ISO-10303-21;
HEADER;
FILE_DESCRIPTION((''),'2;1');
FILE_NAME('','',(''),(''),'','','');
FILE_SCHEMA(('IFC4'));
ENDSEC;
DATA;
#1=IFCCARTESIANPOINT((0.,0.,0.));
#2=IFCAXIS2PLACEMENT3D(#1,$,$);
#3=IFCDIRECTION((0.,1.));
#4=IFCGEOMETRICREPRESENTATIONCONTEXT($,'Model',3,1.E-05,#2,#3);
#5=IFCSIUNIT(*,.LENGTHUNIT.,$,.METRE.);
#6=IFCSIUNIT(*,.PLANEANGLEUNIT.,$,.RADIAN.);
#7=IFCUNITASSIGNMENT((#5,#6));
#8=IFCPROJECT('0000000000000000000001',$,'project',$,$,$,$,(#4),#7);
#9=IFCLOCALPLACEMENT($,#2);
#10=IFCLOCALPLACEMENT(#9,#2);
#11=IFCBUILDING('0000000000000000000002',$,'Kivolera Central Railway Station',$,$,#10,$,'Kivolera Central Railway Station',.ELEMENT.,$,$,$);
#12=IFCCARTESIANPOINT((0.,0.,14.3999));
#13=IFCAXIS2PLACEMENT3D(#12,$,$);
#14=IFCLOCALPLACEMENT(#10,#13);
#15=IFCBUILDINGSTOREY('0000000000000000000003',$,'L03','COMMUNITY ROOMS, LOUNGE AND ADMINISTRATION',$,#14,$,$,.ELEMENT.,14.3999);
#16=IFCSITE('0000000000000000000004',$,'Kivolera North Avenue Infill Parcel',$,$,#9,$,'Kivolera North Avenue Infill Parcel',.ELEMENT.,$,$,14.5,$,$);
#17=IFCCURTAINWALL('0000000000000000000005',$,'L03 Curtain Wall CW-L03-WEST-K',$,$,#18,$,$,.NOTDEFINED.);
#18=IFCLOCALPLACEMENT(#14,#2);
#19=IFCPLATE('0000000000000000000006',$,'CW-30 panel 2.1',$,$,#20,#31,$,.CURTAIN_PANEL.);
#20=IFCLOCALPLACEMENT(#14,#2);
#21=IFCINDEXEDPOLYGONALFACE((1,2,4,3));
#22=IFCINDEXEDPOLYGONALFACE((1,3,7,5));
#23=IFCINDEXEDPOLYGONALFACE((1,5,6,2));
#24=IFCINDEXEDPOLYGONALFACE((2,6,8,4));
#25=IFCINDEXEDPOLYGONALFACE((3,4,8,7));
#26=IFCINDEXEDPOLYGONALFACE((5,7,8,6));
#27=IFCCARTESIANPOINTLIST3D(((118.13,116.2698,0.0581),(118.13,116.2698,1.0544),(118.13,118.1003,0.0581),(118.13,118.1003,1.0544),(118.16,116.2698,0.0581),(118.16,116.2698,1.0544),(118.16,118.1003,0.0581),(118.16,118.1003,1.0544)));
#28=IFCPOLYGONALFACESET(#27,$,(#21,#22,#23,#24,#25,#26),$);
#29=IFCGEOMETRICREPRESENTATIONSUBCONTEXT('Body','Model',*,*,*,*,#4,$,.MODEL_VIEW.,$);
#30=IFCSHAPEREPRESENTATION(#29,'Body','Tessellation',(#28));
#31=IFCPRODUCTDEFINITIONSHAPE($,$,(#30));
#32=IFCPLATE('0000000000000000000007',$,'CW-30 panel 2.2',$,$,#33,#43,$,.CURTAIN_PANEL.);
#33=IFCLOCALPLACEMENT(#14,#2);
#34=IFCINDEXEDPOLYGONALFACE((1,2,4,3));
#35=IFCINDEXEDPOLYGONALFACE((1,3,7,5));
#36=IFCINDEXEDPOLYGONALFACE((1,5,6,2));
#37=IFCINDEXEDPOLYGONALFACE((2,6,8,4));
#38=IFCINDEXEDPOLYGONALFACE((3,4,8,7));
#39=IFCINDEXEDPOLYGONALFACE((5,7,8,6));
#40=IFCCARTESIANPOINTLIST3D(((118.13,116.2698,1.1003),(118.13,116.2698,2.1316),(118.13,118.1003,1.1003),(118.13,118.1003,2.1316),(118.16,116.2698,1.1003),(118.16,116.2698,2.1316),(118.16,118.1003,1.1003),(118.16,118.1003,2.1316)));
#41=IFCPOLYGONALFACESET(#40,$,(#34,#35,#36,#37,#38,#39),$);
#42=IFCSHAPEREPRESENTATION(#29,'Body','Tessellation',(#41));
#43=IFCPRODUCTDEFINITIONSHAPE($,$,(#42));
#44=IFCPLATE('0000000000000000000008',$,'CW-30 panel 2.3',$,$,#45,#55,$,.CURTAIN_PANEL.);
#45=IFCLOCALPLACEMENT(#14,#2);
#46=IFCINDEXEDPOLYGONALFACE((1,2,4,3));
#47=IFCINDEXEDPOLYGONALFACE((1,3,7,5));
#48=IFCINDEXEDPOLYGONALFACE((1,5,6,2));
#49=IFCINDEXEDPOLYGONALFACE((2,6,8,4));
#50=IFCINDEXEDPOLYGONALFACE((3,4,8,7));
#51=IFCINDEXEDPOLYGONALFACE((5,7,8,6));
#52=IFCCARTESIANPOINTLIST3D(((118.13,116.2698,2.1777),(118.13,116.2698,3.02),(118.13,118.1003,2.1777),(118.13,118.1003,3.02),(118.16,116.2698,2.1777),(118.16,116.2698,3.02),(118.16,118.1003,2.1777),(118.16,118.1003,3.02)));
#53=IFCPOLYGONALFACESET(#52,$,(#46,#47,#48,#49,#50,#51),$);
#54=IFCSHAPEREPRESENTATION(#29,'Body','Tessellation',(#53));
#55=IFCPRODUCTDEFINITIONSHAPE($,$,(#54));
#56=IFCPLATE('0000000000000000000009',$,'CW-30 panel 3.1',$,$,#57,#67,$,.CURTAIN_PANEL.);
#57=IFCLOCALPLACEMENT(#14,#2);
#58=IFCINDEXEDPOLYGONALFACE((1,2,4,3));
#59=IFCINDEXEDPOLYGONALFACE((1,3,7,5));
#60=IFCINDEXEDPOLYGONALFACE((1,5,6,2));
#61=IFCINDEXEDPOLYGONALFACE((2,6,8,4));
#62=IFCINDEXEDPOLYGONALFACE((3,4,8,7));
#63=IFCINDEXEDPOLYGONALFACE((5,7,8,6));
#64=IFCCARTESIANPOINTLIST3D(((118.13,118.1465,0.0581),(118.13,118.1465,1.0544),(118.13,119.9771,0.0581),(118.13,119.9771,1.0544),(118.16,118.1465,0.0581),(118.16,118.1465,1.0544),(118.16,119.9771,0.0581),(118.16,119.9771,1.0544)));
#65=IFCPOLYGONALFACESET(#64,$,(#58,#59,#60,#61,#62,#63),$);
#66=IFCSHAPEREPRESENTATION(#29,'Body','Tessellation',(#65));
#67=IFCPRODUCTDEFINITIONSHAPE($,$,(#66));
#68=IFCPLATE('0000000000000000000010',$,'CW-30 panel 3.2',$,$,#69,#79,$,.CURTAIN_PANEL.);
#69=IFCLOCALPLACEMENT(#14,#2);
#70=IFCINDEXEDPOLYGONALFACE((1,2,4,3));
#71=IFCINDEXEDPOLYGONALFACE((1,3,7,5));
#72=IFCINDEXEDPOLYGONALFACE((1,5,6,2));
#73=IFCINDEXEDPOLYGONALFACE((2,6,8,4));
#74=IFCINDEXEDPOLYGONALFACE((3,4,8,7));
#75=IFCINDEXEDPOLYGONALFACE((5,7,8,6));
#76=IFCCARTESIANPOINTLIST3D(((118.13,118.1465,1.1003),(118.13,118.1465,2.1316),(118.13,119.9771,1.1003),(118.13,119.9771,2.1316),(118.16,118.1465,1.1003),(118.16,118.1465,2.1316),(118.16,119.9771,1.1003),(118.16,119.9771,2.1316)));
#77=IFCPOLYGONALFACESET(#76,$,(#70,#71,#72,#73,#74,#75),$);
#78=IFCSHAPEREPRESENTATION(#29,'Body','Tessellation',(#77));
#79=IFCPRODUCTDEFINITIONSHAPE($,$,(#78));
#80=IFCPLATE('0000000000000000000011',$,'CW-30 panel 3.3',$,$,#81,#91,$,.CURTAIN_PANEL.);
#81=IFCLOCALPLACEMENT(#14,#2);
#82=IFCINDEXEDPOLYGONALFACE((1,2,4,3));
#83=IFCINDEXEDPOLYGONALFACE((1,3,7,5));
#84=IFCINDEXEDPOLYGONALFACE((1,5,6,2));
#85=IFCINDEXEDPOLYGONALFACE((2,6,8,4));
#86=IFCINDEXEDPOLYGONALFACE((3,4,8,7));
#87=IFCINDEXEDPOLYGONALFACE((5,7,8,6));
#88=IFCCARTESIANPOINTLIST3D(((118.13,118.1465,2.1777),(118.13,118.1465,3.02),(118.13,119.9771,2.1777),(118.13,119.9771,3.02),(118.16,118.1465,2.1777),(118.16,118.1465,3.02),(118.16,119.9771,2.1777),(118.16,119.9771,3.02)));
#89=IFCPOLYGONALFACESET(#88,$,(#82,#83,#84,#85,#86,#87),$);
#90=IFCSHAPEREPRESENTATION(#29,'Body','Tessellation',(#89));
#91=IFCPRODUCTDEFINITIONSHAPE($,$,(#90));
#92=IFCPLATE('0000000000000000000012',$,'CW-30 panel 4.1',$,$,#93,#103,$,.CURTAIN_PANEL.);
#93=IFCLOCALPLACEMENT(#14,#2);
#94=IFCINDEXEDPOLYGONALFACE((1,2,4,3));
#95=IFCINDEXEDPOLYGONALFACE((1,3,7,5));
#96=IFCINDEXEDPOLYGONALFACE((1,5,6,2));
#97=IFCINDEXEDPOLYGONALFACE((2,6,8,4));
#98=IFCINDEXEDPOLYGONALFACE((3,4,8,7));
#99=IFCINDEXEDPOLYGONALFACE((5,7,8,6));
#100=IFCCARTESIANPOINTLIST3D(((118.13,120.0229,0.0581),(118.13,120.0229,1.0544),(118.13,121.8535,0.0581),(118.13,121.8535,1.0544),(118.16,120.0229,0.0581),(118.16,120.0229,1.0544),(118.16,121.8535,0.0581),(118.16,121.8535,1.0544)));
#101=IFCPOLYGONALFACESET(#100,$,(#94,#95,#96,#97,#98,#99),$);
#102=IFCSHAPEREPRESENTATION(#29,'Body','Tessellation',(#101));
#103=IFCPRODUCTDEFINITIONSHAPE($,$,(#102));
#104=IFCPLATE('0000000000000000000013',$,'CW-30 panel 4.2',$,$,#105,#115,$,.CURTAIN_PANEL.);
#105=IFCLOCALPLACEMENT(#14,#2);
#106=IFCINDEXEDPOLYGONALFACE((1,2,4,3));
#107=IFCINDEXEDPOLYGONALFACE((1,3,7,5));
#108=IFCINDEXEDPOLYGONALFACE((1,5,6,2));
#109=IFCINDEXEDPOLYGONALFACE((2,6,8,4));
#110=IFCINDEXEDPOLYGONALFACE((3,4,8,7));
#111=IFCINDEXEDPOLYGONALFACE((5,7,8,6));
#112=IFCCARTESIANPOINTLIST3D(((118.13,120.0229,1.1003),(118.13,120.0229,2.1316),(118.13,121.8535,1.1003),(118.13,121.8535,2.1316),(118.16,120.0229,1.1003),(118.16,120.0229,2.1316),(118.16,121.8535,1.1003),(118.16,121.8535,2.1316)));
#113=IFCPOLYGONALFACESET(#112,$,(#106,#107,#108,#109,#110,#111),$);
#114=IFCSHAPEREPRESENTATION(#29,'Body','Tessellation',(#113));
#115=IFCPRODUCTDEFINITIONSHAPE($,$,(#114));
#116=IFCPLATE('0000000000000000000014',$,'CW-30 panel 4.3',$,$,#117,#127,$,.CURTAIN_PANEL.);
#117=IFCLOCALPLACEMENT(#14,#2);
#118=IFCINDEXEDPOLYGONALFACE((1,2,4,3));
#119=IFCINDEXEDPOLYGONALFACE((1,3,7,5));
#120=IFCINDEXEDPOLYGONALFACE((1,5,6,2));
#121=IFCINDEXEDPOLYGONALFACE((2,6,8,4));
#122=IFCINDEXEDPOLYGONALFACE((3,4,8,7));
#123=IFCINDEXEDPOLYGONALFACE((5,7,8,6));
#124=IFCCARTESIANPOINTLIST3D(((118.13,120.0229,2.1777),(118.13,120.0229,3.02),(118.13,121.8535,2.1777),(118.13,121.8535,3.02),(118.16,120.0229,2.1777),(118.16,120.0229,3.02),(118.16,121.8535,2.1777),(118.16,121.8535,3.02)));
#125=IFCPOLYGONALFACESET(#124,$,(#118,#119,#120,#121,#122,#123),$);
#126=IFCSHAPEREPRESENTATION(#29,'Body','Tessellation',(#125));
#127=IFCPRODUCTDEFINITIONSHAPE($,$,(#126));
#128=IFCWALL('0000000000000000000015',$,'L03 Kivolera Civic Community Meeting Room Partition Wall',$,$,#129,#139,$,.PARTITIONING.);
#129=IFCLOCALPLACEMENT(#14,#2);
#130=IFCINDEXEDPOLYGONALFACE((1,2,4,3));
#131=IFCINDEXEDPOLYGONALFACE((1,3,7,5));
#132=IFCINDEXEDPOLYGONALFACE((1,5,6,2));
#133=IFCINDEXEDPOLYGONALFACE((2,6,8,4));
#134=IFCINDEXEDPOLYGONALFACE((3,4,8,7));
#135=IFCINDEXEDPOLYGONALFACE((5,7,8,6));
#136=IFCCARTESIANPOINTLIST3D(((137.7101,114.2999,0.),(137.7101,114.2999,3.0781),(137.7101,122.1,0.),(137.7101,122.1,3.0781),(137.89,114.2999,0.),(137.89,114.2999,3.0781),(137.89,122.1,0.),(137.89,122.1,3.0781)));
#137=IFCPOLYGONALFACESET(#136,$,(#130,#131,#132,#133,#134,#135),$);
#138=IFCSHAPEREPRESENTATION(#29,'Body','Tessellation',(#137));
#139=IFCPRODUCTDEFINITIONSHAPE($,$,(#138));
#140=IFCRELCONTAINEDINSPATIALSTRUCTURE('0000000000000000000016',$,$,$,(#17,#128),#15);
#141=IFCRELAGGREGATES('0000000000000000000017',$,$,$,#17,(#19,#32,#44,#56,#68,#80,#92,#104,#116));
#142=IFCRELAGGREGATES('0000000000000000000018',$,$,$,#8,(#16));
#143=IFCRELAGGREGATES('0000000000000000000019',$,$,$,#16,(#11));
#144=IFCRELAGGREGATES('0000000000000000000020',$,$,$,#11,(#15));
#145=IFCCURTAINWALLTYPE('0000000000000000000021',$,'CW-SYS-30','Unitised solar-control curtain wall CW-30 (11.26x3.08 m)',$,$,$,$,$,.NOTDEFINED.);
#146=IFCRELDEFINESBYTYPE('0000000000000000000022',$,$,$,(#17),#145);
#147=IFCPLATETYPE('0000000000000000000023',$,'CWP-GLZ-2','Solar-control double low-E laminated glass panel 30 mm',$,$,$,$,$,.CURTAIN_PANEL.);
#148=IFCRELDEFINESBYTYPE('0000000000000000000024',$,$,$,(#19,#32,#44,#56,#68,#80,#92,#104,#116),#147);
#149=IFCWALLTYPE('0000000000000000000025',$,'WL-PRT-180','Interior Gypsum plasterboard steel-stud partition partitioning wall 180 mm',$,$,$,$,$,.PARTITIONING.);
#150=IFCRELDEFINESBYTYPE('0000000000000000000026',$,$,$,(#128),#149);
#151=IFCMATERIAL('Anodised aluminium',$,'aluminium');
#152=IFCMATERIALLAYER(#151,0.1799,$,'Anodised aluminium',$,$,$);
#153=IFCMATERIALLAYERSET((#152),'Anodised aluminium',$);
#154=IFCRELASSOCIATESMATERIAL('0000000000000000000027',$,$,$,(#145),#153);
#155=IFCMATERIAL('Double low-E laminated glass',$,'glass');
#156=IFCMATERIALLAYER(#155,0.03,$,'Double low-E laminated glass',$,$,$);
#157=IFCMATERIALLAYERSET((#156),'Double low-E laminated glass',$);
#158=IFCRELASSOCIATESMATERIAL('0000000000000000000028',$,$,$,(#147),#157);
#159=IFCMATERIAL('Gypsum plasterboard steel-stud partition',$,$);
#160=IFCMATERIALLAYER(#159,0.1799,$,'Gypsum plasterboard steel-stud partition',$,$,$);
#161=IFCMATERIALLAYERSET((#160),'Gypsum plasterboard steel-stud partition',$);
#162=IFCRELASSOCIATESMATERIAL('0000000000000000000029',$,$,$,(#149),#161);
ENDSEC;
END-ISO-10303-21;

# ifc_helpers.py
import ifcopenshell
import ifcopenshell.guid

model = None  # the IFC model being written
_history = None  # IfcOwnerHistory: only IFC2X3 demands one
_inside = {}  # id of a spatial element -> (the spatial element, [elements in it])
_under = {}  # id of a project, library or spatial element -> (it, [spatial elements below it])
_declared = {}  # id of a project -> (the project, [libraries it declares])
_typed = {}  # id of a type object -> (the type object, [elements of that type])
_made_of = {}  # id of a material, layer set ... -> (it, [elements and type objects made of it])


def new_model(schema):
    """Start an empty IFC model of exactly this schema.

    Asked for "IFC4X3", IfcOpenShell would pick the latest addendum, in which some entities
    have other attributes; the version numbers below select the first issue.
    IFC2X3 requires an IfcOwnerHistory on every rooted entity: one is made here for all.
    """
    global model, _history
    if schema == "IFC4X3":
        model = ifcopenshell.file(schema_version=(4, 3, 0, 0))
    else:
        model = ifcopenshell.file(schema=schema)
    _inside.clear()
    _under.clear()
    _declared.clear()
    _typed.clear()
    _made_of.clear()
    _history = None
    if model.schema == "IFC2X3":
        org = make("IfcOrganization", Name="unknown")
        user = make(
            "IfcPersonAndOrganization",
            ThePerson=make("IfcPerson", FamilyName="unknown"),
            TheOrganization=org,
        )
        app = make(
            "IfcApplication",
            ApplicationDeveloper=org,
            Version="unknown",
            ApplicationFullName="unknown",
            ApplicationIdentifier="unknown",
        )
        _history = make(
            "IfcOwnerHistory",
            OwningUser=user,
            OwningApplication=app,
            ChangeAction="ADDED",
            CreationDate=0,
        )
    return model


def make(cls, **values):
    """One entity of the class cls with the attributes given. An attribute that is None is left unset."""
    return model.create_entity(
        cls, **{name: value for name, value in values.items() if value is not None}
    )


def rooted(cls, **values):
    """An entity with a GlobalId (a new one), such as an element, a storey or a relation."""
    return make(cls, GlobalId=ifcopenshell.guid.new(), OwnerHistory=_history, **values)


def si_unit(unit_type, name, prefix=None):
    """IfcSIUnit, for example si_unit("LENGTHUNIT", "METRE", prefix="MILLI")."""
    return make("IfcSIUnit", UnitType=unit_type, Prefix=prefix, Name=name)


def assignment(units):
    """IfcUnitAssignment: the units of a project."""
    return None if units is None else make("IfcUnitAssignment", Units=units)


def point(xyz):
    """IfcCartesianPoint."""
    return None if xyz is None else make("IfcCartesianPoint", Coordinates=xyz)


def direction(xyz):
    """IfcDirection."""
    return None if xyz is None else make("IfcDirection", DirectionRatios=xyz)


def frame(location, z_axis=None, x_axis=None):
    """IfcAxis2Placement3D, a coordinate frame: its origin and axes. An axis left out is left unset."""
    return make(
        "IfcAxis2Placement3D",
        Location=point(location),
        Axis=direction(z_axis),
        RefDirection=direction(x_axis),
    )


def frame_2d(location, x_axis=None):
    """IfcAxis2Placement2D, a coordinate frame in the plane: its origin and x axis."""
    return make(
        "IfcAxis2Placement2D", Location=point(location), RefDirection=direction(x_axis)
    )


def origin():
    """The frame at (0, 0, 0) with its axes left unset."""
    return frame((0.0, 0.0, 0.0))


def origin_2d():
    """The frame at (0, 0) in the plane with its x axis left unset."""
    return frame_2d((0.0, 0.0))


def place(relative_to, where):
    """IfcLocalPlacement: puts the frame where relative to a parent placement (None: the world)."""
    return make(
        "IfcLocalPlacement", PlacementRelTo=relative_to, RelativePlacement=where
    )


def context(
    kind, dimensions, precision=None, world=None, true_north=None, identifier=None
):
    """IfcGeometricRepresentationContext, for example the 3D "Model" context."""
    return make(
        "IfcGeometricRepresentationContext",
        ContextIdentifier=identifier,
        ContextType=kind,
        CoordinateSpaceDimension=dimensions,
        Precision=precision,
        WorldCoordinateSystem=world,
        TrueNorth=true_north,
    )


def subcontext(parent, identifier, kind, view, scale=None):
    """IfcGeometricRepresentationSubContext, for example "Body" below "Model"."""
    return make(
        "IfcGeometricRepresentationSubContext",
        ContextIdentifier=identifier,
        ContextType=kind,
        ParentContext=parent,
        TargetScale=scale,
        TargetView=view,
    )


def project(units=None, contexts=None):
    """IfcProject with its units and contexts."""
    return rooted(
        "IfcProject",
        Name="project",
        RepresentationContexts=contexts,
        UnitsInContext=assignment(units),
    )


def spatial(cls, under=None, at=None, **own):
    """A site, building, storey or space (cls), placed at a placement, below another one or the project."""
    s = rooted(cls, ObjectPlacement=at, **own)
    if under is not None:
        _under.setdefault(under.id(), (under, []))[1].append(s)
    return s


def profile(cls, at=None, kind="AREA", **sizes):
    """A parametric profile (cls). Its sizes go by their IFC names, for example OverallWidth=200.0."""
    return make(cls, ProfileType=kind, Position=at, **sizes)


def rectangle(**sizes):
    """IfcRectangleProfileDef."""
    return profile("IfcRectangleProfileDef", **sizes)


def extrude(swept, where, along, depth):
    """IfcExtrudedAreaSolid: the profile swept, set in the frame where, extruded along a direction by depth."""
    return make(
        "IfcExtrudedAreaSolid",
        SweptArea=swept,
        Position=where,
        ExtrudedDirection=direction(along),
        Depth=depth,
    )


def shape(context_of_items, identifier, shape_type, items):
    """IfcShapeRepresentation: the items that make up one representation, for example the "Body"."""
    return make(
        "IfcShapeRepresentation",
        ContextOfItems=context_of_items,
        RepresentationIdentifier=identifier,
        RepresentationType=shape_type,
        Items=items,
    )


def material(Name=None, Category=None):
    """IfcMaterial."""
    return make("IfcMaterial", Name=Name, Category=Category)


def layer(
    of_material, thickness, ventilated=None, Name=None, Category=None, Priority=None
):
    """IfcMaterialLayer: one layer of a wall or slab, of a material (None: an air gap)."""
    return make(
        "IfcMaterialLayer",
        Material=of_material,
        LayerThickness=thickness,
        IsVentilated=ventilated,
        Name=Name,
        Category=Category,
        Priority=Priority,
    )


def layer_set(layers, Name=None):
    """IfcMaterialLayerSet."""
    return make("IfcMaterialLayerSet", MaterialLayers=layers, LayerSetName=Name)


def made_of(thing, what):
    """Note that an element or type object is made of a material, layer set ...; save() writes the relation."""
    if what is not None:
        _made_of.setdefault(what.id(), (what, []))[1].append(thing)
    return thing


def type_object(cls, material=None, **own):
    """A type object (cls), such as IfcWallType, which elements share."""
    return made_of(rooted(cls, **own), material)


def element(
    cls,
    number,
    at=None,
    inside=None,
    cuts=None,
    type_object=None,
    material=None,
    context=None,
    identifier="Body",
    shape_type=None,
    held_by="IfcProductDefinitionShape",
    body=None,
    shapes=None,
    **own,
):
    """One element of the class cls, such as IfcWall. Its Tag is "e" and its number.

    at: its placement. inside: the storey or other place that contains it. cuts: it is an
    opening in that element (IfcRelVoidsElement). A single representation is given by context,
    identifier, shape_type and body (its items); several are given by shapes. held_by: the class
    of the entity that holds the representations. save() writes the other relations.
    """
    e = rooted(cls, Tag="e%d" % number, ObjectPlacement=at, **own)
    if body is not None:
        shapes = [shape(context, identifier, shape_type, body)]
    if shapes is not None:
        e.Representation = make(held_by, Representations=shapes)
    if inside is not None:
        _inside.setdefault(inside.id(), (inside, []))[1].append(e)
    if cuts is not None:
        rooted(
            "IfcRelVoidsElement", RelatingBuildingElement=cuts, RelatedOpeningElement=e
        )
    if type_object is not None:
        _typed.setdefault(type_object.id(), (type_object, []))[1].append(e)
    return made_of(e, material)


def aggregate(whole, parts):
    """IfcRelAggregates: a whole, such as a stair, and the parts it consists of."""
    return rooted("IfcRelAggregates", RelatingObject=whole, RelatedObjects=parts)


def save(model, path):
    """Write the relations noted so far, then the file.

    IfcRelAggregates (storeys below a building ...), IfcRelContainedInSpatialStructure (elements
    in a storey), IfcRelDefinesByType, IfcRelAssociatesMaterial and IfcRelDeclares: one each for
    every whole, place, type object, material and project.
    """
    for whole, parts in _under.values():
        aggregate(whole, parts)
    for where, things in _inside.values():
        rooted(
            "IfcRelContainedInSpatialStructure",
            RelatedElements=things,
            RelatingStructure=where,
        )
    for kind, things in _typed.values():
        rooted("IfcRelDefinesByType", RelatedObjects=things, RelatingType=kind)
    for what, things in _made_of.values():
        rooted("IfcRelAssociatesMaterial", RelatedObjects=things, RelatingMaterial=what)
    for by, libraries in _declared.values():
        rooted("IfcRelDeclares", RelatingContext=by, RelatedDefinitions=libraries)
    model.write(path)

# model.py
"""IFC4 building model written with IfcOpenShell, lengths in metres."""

from ifc_helpers import new_model, si_unit, direction, frame, frame_2d, origin, origin_2d, place, context, subcontext, project, spatial, rectangle, extrude, material, layer, layer_set, type_object, element, aggregate, save


model = new_model("IFC4")

# Units and contexts
model_context = context("Model", 3, precision=1e-05, world=origin(), true_north=direction((0.0, 1.0)))
body_context = subcontext(model_context, "Body", "Model", "MODEL_VIEW")
ifc_project = project(units=[si_unit("LENGTHUNIT", "METRE"), si_unit("PLANEANGLEUNIT", "RADIAN")], contexts=[model_context])

# Site, building, storey
site_placement = place(None, origin())
site = spatial("IfcSite", under=ifc_project, at=site_placement, Name="Kivolera North Avenue Infill Parcel", LongName="Kivolera North Avenue Infill Parcel", CompositionType="ELEMENT", RefElevation=14.5)
building_placement = place(site_placement, origin())
building = spatial("IfcBuilding", under=site, at=building_placement, Name="Kivolera Central Railway Station", LongName="Kivolera Central Railway Station", CompositionType="ELEMENT")
storey_placement = place(building_placement, frame((0.0, 0.0, 14.3999)))
storey = spatial("IfcBuildingStorey", under=building, at=storey_placement, Name="L03", Description="COMMUNITY ROOMS, LOUNGE AND ADMINISTRATION", CompositionType="ELEMENT", Elevation=14.3999)

# Curtain wall, plates
ifc_material_1 = material(Name="Anodised aluminium", Category="aluminium")
ifc_layer_1 = layer(ifc_material_1, 0.1799, Name="Anodised aluminium")
ifc_layer_set_1 = layer_set([ifc_layer_1], Name="Anodised aluminium")
curtain_wall_type = type_object("IfcCurtainWallType", Name="CW-SYS-30", Description="Unitised solar-control curtain wall CW-30 (11.26x3.08 m)", PredefinedType="NOTDEFINED", material=ifc_layer_set_1)
curtain_wall_placement = place(storey_placement, origin())
curtain_wall = element("IfcCurtainWall", 1, at=curtain_wall_placement, inside=storey, type_object=curtain_wall_type, Name="L03 Curtain Wall CW-L03-WEST-K", PredefinedType="NOTDEFINED")
ifc_material_2 = material(Name="Double low-E laminated glass", Category="glass")
ifc_layer_2 = layer(ifc_material_2, 0.03, Name="Double low-E laminated glass")
ifc_layer_set_2 = layer_set([ifc_layer_2], Name="Double low-E laminated glass")
plate_type = type_object("IfcPlateType", Name="CWP-GLZ-2", Description="Solar-control double low-E laminated glass panel 30 mm", PredefinedType="CURTAIN_PANEL", material=ifc_layer_set_2)
plate_1_placement = place(storey_placement, frame((118.145, 117.1851, 0.0581), z_axis=(0.0, 0.0, 1.0), x_axis=(0.0, 1.0, 0.0)))
plate_1 = element("IfcPlate", 2, at=plate_1_placement, type_object=plate_type, Name="CW-30 panel 2.1", PredefinedType="CURTAIN_PANEL", context=body_context, shape_type="SweptSolid", body=[
    extrude(rectangle(XDim=1.8306, YDim=0.03, at=origin_2d()), origin(), (0.0, 0.0, 1.0), 0.9963),
])
plate_2_placement = place(storey_placement, frame((118.145, 117.1851, 1.1003), z_axis=(0.0, 0.0, 1.0), x_axis=(0.0, 1.0, 0.0)))
plate_2 = element("IfcPlate", 3, at=plate_2_placement, type_object=plate_type, Name="CW-30 panel 2.2", PredefinedType="CURTAIN_PANEL", context=body_context, shape_type="SweptSolid", body=[
    extrude(rectangle(XDim=1.8306, YDim=0.03, at=origin_2d()), origin(), (0.0, 0.0, 1.0), 1.0312),
])
plate_3_placement = place(storey_placement, frame((118.145, 117.1851, 2.1777), z_axis=(0.0, 0.0, 1.0), x_axis=(0.0, 1.0, 0.0)))
plate_3 = element("IfcPlate", 4, at=plate_3_placement, type_object=plate_type, Name="CW-30 panel 2.3", PredefinedType="CURTAIN_PANEL", context=body_context, shape_type="SweptSolid", body=[
    extrude(rectangle(XDim=1.8306, YDim=0.03, at=origin_2d()), origin(), (0.0, 0.0, 1.0), 0.8423),
])
plate_4_placement = place(storey_placement, frame((118.145, 119.0618, 0.0581), z_axis=(0.0, 0.0, 1.0), x_axis=(0.0, 1.0, 0.0)))
plate_4 = element("IfcPlate", 5, at=plate_4_placement, type_object=plate_type, Name="CW-30 panel 3.1", PredefinedType="CURTAIN_PANEL", context=body_context, shape_type="SweptSolid", body=[
    extrude(rectangle(XDim=1.8306, YDim=0.03, at=origin_2d()), origin(), (0.0, 0.0, 1.0), 0.9963),
])
plate_5_placement = place(storey_placement, frame((118.145, 119.0618, 1.1003), z_axis=(0.0, 0.0, 1.0), x_axis=(0.0, 1.0, 0.0)))
plate_5 = element("IfcPlate", 6, at=plate_5_placement, type_object=plate_type, Name="CW-30 panel 3.2", PredefinedType="CURTAIN_PANEL", context=body_context, shape_type="SweptSolid", body=[
    extrude(rectangle(XDim=1.8306, YDim=0.03, at=origin_2d()), origin(), (0.0, 0.0, 1.0), 1.0312),
])
plate_6_placement = place(storey_placement, frame((118.145, 119.0618, 2.1777), z_axis=(0.0, 0.0, 1.0), x_axis=(0.0, 1.0, 0.0)))
plate_6 = element("IfcPlate", 7, at=plate_6_placement, type_object=plate_type, Name="CW-30 panel 3.3", PredefinedType="CURTAIN_PANEL", context=body_context, shape_type="SweptSolid", body=[
    extrude(rectangle(XDim=1.8306, YDim=0.03, at=origin_2d()), origin(), (0.0, 0.0, 1.0), 0.8423),
])
plate_7_placement = place(storey_placement, frame((118.145, 120.9382, 0.0581), z_axis=(0.0, 0.0, 1.0), x_axis=(0.0, 1.0, 0.0)))
plate_7 = element("IfcPlate", 8, at=plate_7_placement, type_object=plate_type, Name="CW-30 panel 4.1", PredefinedType="CURTAIN_PANEL", context=body_context, shape_type="SweptSolid", body=[
    extrude(rectangle(XDim=1.8306, YDim=0.03, at=origin_2d()), origin(), (0.0, 0.0, 1.0), 0.9963),
])
plate_8_placement = place(storey_placement, frame((118.145, 120.9382, 1.1003), z_axis=(0.0, 0.0, 1.0), x_axis=(0.0, 1.0, 0.0)))
plate_8 = element("IfcPlate", 9, at=plate_8_placement, type_object=plate_type, Name="CW-30 panel 4.2", PredefinedType="CURTAIN_PANEL", context=body_context, shape_type="SweptSolid", body=[
    extrude(rectangle(XDim=1.8306, YDim=0.03, at=origin_2d()), origin(), (0.0, 0.0, 1.0), 1.0312),
])
plate_9_placement = place(storey_placement, frame((118.145, 120.9382, 2.1777), z_axis=(0.0, 0.0, 1.0), x_axis=(0.0, 1.0, 0.0)))
plate_9 = element("IfcPlate", 10, at=plate_9_placement, type_object=plate_type, Name="CW-30 panel 4.3", PredefinedType="CURTAIN_PANEL", context=body_context, shape_type="SweptSolid", body=[
    extrude(rectangle(XDim=1.8306, YDim=0.03, at=origin_2d()), origin(), (0.0, 0.0, 1.0), 0.8423),
])
aggregate(curtain_wall, [plate_1, plate_2, plate_3, plate_4, plate_5, plate_6, plate_7, plate_8, plate_9])

# Wall
ifc_material_3 = material(Name="Gypsum plasterboard steel-stud partition")
ifc_layer_3 = layer(ifc_material_3, 0.1799, Name="Gypsum plasterboard steel-stud partition")
ifc_layer_set_3 = layer_set([ifc_layer_3], Name="Gypsum plasterboard steel-stud partition")
wall_type = type_object("IfcWallType", Name="WL-PRT-180", Description="Interior Gypsum plasterboard steel-stud partition partitioning wall 180 mm", PredefinedType="PARTITIONING", material=ifc_layer_set_3)
wall_placement = place(storey_placement, frame((137.8, 114.3, 0.0), z_axis=(0.0, 0.0, 1.0), x_axis=(0.0, 1.0, 0.0)))
element("IfcWall", 11, at=wall_placement, inside=storey, type_object=wall_type, Name="L03 Kivolera Civic Community Meeting Room Partition Wall", PredefinedType="PARTITIONING", context=body_context, shape_type="SweptSolid", body=[
    extrude(rectangle(XDim=7.8, YDim=0.1799, at=frame_2d((3.8999, 0.0))), origin(), (0.0, 0.0, 1.0), 3.0781),
])

save(model, "model.ifc")
